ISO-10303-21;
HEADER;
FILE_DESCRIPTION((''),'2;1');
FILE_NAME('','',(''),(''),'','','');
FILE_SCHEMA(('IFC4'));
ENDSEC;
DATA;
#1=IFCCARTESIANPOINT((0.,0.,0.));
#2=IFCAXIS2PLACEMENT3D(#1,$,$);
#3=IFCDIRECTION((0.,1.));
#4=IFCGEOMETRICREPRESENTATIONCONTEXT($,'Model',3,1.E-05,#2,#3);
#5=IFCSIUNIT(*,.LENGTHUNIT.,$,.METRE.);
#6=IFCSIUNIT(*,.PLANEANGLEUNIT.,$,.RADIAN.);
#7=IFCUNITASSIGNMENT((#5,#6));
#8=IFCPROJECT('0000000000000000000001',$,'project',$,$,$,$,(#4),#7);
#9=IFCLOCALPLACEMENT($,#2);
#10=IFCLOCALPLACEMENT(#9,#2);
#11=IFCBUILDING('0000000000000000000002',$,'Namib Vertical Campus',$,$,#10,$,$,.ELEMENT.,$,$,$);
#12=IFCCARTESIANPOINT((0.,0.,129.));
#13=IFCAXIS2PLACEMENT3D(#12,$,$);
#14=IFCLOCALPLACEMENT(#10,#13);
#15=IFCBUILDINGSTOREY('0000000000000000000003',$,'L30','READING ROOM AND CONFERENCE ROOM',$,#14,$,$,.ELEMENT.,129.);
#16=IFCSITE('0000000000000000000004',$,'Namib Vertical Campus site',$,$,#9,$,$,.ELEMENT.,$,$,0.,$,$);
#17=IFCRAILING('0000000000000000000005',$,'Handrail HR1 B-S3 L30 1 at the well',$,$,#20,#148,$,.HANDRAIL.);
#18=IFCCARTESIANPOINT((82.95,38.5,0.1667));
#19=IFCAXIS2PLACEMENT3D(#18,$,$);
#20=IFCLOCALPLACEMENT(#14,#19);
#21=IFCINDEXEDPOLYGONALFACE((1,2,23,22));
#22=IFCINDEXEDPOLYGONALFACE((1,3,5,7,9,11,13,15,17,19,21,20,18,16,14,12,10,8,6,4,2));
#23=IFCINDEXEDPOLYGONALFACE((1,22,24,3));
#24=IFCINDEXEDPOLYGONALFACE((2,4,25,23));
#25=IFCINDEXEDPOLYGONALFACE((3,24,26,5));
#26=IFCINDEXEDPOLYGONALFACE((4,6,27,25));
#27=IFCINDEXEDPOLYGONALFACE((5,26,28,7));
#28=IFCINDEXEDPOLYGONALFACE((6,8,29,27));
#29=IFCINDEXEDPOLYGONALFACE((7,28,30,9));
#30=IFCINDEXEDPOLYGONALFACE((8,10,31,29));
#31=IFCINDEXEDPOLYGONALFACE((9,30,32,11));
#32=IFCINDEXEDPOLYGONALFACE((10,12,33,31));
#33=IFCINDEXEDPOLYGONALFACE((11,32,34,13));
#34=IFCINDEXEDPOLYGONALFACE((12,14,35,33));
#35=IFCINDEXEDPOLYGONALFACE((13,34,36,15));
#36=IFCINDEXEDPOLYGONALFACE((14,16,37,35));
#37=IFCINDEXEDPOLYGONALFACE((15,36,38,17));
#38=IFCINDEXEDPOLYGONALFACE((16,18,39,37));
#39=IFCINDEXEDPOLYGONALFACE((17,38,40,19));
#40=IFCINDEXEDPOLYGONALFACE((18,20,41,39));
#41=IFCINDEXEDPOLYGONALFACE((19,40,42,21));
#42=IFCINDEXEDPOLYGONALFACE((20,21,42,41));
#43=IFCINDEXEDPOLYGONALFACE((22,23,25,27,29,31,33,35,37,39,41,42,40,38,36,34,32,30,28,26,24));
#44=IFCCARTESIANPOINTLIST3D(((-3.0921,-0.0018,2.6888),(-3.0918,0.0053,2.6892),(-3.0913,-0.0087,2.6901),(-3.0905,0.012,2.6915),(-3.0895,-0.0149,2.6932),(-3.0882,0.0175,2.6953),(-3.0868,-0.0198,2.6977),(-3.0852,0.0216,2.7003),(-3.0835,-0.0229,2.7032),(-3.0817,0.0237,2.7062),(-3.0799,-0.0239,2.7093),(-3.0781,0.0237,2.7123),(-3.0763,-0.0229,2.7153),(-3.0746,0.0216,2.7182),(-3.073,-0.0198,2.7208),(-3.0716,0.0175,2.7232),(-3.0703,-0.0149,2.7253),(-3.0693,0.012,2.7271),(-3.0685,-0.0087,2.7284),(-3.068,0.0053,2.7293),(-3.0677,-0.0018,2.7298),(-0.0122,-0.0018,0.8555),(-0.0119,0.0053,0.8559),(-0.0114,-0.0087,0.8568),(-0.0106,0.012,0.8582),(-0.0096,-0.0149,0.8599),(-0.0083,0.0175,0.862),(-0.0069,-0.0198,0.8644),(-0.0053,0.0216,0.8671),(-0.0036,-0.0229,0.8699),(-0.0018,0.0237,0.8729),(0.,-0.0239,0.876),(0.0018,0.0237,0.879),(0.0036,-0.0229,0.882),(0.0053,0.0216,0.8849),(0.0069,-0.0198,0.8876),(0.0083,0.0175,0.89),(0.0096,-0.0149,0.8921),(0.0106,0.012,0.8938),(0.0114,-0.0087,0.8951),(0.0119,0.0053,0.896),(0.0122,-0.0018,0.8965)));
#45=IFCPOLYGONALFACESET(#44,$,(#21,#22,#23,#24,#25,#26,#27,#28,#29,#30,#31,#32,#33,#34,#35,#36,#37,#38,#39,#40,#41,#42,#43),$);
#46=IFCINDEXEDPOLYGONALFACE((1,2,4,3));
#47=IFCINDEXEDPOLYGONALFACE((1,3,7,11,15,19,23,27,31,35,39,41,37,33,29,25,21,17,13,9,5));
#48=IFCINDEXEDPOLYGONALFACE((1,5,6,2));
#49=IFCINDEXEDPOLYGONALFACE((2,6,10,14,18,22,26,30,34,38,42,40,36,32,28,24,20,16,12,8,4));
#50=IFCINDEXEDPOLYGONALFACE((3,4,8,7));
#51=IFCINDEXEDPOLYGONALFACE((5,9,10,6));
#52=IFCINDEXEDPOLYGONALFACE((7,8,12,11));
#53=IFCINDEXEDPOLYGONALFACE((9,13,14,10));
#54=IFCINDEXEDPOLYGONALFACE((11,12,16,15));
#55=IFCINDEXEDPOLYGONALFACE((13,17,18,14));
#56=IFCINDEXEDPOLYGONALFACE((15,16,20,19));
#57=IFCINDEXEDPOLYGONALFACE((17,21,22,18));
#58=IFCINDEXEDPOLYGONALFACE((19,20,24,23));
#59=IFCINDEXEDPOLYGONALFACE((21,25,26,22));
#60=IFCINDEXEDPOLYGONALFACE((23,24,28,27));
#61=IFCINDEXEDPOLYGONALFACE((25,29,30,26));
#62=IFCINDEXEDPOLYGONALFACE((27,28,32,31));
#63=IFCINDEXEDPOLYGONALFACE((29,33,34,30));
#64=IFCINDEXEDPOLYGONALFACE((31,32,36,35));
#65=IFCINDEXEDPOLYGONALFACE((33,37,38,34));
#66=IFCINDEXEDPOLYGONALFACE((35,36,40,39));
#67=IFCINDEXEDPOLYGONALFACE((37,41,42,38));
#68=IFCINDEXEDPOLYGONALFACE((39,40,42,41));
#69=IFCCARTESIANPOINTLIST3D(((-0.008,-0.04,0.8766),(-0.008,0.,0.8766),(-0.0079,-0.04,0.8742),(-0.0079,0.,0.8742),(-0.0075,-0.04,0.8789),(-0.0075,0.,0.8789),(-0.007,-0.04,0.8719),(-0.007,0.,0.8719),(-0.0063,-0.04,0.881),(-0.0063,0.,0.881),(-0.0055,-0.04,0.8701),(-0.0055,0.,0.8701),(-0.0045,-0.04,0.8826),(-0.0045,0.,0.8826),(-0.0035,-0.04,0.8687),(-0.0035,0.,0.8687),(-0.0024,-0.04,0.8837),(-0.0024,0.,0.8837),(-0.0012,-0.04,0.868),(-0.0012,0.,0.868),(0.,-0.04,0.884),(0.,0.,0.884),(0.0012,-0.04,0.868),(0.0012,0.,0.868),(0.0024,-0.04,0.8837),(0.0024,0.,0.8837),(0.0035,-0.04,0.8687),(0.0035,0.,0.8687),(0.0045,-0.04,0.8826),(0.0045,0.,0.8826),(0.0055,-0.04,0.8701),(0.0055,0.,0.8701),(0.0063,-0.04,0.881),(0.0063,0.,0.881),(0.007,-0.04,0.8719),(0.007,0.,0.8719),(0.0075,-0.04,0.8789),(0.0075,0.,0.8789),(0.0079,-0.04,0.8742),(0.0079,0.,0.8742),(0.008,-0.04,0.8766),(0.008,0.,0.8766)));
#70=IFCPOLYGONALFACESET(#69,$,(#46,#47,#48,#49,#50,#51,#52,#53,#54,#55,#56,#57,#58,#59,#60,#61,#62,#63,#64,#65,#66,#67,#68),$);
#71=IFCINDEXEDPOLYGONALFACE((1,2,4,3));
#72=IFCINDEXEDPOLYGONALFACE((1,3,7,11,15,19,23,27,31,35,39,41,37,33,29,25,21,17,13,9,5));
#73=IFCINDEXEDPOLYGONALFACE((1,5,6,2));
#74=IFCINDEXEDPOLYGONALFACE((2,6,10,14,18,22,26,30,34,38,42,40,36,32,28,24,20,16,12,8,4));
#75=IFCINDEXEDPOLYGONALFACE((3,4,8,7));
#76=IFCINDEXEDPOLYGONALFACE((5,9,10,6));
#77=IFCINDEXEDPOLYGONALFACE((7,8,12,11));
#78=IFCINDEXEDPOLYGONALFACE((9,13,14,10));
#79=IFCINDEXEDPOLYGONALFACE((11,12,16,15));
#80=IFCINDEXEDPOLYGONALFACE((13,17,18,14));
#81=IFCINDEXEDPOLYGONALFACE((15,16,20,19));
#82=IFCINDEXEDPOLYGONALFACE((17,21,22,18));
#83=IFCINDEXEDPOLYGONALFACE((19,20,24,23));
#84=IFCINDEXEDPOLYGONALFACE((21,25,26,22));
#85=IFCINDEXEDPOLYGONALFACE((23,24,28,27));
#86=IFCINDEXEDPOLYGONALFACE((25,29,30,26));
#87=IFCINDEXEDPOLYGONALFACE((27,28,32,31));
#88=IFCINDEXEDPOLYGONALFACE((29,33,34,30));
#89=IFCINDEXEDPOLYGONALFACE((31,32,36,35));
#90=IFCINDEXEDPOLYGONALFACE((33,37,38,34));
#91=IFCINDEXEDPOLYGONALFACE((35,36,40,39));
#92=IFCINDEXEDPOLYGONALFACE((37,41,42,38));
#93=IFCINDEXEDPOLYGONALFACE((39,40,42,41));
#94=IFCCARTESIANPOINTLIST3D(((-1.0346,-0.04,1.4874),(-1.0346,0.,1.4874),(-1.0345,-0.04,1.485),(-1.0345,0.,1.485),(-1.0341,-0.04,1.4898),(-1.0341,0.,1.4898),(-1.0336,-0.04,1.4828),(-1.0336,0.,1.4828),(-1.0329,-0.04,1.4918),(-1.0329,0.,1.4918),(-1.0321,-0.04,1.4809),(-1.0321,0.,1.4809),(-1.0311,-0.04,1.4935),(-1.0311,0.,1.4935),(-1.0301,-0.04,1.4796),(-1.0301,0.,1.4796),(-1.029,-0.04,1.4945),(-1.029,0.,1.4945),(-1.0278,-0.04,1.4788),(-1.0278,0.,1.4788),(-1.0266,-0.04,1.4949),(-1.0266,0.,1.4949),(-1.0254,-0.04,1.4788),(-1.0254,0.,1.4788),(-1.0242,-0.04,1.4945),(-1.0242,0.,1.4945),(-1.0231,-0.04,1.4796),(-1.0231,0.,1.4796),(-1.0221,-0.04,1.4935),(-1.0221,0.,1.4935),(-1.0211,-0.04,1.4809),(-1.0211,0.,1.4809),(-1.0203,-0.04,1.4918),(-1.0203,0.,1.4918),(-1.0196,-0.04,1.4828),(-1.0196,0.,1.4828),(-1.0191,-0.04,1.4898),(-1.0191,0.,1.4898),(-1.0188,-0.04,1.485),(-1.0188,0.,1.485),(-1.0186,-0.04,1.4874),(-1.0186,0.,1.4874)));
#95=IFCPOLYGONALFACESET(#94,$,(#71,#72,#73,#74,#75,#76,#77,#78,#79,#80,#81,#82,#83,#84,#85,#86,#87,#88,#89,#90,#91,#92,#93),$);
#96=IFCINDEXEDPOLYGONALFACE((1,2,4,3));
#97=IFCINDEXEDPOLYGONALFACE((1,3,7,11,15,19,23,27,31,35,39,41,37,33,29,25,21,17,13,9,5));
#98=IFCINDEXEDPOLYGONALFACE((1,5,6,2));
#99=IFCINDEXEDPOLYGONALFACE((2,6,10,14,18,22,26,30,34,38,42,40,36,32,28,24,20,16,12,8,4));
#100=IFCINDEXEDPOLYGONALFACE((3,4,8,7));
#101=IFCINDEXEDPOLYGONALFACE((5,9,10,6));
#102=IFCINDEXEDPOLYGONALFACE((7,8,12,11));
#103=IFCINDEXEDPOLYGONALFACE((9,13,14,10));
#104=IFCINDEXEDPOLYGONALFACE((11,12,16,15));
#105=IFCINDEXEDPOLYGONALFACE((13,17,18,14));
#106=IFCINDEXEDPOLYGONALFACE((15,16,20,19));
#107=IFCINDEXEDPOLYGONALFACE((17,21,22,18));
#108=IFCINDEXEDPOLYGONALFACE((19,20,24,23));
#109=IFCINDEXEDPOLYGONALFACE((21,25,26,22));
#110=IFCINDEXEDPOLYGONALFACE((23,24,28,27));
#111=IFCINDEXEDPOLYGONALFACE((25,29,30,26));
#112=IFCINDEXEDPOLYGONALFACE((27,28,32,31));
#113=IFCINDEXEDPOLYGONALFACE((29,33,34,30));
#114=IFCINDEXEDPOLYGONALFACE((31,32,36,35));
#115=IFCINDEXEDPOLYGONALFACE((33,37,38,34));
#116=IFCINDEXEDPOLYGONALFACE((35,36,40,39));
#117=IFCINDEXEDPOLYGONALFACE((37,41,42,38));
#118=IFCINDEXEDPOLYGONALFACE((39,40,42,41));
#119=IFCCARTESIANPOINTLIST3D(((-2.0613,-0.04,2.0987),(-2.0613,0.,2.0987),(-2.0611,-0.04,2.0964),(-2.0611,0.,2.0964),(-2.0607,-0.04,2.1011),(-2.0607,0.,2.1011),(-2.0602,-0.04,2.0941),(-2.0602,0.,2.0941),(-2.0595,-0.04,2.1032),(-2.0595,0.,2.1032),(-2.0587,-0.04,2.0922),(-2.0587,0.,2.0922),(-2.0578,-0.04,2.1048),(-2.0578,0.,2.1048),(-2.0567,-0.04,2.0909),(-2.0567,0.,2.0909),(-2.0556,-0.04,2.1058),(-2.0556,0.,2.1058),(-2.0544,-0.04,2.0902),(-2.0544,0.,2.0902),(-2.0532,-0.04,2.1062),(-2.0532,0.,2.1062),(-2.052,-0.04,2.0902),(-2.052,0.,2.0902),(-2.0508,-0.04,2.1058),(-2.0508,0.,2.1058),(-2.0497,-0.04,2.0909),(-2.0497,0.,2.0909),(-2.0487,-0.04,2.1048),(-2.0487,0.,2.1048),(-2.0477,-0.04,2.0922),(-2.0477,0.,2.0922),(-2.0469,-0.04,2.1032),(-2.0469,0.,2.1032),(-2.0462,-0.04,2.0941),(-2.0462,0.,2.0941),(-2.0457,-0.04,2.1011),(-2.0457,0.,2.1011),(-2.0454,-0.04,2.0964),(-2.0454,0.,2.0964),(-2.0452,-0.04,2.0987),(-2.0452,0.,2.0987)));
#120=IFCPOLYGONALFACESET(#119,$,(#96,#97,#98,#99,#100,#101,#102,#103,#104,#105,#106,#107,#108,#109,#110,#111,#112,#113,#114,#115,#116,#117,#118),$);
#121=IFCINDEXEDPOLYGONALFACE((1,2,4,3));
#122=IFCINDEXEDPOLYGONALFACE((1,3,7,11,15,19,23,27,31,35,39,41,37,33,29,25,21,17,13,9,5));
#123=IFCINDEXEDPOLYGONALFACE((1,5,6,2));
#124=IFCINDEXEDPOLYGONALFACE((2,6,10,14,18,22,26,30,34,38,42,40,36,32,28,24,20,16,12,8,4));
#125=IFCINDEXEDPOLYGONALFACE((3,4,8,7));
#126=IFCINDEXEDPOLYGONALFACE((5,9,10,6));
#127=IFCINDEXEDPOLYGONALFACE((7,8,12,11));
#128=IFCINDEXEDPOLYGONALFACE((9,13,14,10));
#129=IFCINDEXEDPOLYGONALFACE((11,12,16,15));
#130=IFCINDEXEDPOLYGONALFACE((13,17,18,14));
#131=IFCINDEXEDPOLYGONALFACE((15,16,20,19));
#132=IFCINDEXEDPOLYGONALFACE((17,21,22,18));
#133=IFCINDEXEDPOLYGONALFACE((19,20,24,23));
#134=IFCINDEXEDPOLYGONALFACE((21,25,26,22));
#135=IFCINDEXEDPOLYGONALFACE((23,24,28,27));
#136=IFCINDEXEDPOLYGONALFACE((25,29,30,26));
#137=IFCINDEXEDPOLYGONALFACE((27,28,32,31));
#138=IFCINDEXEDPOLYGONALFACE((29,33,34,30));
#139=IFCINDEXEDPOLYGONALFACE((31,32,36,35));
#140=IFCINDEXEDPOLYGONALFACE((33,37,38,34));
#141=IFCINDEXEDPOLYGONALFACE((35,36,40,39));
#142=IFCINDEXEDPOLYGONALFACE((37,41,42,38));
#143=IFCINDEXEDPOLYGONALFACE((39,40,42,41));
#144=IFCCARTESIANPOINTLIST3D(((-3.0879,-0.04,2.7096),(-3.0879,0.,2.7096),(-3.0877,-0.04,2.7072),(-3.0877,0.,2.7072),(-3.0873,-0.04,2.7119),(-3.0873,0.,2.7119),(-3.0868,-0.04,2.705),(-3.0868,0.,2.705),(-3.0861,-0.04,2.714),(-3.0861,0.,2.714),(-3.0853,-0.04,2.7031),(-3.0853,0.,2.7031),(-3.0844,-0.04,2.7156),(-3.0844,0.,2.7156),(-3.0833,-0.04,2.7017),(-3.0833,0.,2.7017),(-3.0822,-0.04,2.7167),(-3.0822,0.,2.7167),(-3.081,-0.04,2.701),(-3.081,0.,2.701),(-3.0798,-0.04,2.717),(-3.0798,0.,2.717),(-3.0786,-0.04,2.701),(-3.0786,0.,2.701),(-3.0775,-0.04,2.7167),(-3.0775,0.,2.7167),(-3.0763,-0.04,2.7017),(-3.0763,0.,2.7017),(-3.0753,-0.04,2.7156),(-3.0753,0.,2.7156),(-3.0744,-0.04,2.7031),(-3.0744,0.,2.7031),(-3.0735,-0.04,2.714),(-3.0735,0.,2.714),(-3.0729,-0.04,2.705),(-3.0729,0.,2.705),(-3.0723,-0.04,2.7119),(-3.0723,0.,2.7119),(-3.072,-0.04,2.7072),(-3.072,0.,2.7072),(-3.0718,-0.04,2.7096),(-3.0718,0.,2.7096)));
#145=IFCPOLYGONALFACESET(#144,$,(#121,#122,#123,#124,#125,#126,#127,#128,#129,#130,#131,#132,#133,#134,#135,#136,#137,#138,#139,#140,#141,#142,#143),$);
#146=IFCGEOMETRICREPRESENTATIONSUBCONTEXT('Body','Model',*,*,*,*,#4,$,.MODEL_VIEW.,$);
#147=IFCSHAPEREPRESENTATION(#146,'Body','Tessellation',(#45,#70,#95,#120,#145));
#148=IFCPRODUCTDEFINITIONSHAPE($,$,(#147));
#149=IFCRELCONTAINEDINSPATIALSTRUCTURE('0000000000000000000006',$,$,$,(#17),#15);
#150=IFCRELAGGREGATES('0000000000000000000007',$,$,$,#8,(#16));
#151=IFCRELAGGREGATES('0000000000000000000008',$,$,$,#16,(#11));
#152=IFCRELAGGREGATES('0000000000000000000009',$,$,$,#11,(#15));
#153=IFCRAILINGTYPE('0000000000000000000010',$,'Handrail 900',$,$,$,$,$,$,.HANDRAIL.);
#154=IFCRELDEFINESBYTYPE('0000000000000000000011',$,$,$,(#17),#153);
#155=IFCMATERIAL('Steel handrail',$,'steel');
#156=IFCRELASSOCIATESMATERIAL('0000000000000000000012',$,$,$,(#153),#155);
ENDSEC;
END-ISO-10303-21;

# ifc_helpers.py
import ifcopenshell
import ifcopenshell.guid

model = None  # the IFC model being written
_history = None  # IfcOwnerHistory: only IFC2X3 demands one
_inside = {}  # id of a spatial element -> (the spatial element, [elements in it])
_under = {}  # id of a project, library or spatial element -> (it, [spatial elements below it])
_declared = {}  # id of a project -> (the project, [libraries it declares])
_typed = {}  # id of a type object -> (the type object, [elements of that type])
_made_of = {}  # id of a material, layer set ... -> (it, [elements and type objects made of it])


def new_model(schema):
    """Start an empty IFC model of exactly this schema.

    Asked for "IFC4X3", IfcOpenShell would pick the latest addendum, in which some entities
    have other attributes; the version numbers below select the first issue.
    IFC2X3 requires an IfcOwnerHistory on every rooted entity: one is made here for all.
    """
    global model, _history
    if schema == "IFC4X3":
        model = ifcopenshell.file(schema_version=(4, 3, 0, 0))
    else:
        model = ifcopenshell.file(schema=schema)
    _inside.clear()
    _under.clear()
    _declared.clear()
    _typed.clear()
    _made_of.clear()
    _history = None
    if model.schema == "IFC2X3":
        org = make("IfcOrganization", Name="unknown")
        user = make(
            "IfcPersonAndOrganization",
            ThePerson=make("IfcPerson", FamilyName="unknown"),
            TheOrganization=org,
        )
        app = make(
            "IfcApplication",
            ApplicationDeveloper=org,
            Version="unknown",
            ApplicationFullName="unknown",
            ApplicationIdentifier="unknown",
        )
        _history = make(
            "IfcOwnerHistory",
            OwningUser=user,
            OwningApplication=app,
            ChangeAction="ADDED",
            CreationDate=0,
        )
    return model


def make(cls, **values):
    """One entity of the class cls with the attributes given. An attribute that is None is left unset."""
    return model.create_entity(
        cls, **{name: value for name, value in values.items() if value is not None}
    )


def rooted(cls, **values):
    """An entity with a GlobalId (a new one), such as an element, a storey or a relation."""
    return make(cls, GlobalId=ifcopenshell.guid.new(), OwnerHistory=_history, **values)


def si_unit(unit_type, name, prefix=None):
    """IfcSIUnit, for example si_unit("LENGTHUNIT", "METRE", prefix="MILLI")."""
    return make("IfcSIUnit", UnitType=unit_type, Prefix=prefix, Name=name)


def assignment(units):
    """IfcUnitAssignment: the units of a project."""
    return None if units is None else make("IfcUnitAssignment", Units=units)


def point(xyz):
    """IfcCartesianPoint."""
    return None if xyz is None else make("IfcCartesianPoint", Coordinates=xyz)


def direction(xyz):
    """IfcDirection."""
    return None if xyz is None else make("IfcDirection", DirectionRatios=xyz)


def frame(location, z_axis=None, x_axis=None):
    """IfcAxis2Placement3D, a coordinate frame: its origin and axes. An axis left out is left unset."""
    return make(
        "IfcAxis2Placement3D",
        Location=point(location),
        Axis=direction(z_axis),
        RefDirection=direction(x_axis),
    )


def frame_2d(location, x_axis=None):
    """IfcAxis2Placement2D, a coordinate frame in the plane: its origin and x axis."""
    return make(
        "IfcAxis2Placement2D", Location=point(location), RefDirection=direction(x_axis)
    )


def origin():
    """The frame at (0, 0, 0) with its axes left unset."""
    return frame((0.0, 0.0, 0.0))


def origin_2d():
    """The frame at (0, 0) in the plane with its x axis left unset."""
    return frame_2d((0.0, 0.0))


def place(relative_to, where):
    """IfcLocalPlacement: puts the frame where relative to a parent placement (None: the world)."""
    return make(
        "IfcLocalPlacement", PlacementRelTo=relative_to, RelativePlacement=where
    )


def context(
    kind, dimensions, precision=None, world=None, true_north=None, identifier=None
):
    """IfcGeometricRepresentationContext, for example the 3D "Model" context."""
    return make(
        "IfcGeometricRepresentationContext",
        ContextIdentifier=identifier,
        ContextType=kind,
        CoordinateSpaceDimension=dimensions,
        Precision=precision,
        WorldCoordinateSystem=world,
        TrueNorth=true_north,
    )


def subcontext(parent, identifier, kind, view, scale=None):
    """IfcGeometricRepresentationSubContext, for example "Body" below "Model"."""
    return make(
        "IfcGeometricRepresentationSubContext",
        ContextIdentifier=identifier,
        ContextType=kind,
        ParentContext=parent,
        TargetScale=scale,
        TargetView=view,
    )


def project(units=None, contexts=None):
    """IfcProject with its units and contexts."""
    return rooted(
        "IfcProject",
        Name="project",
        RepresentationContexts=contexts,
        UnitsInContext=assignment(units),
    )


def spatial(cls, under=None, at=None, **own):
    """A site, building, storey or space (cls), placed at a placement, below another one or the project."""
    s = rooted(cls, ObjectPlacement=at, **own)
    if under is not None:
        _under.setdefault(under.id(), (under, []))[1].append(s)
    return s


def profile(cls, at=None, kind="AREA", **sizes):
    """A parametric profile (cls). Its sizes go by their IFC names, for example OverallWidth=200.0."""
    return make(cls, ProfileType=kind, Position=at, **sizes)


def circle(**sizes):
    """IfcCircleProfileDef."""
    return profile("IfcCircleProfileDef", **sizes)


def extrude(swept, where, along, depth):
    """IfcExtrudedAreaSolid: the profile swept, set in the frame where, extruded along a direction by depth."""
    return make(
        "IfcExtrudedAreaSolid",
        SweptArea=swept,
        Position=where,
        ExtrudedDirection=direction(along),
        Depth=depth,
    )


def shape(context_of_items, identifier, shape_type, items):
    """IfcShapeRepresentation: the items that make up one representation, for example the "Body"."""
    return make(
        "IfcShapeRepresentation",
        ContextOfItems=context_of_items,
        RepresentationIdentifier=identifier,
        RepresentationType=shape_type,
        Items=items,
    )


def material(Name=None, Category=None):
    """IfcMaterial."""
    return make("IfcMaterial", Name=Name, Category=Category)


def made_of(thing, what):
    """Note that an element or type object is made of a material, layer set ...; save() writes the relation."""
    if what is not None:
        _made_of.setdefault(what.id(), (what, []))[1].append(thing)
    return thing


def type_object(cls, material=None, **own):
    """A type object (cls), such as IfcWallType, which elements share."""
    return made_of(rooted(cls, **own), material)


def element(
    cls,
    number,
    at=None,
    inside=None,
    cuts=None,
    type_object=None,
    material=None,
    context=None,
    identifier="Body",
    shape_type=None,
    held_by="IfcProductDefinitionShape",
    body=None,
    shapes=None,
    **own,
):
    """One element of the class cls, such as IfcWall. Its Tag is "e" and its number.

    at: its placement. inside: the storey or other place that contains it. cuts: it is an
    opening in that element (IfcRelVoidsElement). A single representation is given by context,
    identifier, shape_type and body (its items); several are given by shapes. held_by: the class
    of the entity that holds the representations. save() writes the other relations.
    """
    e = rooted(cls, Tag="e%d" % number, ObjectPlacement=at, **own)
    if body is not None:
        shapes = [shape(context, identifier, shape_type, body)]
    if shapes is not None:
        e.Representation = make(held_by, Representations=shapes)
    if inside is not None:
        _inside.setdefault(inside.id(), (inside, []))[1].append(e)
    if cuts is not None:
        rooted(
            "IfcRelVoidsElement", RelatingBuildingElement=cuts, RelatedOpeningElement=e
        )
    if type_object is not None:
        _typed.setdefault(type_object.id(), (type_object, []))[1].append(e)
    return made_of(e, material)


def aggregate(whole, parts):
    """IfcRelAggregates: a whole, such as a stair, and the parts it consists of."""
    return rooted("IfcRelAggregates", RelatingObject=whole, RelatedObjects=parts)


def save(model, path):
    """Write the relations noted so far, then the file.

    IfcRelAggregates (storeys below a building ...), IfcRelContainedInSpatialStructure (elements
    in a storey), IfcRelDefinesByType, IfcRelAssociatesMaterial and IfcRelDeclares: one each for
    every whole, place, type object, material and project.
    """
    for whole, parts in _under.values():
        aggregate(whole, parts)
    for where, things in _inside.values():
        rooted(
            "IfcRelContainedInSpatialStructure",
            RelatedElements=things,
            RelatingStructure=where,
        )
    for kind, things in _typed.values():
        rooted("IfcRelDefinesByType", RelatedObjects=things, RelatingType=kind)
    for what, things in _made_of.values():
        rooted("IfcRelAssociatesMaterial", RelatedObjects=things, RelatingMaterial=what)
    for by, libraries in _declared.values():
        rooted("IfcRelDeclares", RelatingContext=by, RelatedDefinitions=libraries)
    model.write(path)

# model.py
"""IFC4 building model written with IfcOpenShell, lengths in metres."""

from ifc_helpers import new_model, si_unit, direction, frame, origin, origin_2d, place, context, subcontext, project, spatial, circle, extrude, material, type_object, element, save


model = new_model("IFC4")

# Units and contexts
model_context = context("Model", 3, precision=1e-05, world=origin(), true_north=direction((0.0, 1.0)))
body_context = subcontext(model_context, "Body", "Model", "MODEL_VIEW")
ifc_project = project(units=[si_unit("LENGTHUNIT", "METRE"), si_unit("PLANEANGLEUNIT", "RADIAN")], contexts=[model_context])

# Site, building, storey
site_placement = place(None, origin())
site = spatial("IfcSite", under=ifc_project, at=site_placement, Name="Namib Vertical Campus site", CompositionType="ELEMENT", RefElevation=0.0)
building_placement = place(site_placement, origin())
building = spatial("IfcBuilding", under=site, at=building_placement, Name="Namib Vertical Campus", CompositionType="ELEMENT")
storey_placement = place(building_placement, frame((0.0, 0.0, 129.0)))
storey = spatial("IfcBuildingStorey", under=building, at=storey_placement, Name="L30", Description="READING ROOM AND CONFERENCE ROOM", CompositionType="ELEMENT", Elevation=129.0)

# Railing
ifc_material_1 = material(Name="Steel handrail", Category="steel")
railing_type_1 = type_object("IfcRailingType", Name="Handrail 900", PredefinedType="HANDRAIL", material=ifc_material_1)
railing_1_placement = place(storey_placement, frame((82.95, 38.5, 0.1667)))
element("IfcRailing", 1, at=railing_1_placement, inside=storey, type_object=railing_type_1, Name="Handrail HR1 B-S3 L30 1 at the well", PredefinedType="HANDRAIL", context=body_context, shape_type="SweptSolid", body=[
    extrude(circle(Radius=0.0239, at=origin_2d()), frame((0.0, 0.0, 0.876), z_axis=(-0.859291, 0.0, 0.511487), x_axis=(0.0, -1.0, 0.0)), (0.0, 0.0, 1.0), 3.5842),
    extrude(circle(Radius=0.0081, at=origin_2d()), frame((0.0, 0.0, 0.876), z_axis=(0.0, -1.0, 0.0), x_axis=(0.0, 0.0, 1.0)), (0.0, 0.0, 1.0), 0.04),
    extrude(circle(Radius=0.0081, at=origin_2d()), frame((-1.0266, 0.0, 1.4868), z_axis=(0.0, -1.0, 0.0), x_axis=(0.0, 0.0, 1.0)), (0.0, 0.0, 1.0), 0.04),
    extrude(circle(Radius=0.0081, at=origin_2d()), frame((-2.0532, 0.0, 2.0981), z_axis=(0.0, -1.0, 0.0), x_axis=(0.0, 0.0, 1.0)), (0.0, 0.0, 1.0), 0.04),
    extrude(circle(Radius=0.0081, at=origin_2d()), frame((-3.0798, 0.0, 2.709), z_axis=(0.0, -1.0, 0.0), x_axis=(0.0, 0.0, 1.0)), (0.0, 0.0, 1.0), 0.04),
])

save(model, "model.ifc")
